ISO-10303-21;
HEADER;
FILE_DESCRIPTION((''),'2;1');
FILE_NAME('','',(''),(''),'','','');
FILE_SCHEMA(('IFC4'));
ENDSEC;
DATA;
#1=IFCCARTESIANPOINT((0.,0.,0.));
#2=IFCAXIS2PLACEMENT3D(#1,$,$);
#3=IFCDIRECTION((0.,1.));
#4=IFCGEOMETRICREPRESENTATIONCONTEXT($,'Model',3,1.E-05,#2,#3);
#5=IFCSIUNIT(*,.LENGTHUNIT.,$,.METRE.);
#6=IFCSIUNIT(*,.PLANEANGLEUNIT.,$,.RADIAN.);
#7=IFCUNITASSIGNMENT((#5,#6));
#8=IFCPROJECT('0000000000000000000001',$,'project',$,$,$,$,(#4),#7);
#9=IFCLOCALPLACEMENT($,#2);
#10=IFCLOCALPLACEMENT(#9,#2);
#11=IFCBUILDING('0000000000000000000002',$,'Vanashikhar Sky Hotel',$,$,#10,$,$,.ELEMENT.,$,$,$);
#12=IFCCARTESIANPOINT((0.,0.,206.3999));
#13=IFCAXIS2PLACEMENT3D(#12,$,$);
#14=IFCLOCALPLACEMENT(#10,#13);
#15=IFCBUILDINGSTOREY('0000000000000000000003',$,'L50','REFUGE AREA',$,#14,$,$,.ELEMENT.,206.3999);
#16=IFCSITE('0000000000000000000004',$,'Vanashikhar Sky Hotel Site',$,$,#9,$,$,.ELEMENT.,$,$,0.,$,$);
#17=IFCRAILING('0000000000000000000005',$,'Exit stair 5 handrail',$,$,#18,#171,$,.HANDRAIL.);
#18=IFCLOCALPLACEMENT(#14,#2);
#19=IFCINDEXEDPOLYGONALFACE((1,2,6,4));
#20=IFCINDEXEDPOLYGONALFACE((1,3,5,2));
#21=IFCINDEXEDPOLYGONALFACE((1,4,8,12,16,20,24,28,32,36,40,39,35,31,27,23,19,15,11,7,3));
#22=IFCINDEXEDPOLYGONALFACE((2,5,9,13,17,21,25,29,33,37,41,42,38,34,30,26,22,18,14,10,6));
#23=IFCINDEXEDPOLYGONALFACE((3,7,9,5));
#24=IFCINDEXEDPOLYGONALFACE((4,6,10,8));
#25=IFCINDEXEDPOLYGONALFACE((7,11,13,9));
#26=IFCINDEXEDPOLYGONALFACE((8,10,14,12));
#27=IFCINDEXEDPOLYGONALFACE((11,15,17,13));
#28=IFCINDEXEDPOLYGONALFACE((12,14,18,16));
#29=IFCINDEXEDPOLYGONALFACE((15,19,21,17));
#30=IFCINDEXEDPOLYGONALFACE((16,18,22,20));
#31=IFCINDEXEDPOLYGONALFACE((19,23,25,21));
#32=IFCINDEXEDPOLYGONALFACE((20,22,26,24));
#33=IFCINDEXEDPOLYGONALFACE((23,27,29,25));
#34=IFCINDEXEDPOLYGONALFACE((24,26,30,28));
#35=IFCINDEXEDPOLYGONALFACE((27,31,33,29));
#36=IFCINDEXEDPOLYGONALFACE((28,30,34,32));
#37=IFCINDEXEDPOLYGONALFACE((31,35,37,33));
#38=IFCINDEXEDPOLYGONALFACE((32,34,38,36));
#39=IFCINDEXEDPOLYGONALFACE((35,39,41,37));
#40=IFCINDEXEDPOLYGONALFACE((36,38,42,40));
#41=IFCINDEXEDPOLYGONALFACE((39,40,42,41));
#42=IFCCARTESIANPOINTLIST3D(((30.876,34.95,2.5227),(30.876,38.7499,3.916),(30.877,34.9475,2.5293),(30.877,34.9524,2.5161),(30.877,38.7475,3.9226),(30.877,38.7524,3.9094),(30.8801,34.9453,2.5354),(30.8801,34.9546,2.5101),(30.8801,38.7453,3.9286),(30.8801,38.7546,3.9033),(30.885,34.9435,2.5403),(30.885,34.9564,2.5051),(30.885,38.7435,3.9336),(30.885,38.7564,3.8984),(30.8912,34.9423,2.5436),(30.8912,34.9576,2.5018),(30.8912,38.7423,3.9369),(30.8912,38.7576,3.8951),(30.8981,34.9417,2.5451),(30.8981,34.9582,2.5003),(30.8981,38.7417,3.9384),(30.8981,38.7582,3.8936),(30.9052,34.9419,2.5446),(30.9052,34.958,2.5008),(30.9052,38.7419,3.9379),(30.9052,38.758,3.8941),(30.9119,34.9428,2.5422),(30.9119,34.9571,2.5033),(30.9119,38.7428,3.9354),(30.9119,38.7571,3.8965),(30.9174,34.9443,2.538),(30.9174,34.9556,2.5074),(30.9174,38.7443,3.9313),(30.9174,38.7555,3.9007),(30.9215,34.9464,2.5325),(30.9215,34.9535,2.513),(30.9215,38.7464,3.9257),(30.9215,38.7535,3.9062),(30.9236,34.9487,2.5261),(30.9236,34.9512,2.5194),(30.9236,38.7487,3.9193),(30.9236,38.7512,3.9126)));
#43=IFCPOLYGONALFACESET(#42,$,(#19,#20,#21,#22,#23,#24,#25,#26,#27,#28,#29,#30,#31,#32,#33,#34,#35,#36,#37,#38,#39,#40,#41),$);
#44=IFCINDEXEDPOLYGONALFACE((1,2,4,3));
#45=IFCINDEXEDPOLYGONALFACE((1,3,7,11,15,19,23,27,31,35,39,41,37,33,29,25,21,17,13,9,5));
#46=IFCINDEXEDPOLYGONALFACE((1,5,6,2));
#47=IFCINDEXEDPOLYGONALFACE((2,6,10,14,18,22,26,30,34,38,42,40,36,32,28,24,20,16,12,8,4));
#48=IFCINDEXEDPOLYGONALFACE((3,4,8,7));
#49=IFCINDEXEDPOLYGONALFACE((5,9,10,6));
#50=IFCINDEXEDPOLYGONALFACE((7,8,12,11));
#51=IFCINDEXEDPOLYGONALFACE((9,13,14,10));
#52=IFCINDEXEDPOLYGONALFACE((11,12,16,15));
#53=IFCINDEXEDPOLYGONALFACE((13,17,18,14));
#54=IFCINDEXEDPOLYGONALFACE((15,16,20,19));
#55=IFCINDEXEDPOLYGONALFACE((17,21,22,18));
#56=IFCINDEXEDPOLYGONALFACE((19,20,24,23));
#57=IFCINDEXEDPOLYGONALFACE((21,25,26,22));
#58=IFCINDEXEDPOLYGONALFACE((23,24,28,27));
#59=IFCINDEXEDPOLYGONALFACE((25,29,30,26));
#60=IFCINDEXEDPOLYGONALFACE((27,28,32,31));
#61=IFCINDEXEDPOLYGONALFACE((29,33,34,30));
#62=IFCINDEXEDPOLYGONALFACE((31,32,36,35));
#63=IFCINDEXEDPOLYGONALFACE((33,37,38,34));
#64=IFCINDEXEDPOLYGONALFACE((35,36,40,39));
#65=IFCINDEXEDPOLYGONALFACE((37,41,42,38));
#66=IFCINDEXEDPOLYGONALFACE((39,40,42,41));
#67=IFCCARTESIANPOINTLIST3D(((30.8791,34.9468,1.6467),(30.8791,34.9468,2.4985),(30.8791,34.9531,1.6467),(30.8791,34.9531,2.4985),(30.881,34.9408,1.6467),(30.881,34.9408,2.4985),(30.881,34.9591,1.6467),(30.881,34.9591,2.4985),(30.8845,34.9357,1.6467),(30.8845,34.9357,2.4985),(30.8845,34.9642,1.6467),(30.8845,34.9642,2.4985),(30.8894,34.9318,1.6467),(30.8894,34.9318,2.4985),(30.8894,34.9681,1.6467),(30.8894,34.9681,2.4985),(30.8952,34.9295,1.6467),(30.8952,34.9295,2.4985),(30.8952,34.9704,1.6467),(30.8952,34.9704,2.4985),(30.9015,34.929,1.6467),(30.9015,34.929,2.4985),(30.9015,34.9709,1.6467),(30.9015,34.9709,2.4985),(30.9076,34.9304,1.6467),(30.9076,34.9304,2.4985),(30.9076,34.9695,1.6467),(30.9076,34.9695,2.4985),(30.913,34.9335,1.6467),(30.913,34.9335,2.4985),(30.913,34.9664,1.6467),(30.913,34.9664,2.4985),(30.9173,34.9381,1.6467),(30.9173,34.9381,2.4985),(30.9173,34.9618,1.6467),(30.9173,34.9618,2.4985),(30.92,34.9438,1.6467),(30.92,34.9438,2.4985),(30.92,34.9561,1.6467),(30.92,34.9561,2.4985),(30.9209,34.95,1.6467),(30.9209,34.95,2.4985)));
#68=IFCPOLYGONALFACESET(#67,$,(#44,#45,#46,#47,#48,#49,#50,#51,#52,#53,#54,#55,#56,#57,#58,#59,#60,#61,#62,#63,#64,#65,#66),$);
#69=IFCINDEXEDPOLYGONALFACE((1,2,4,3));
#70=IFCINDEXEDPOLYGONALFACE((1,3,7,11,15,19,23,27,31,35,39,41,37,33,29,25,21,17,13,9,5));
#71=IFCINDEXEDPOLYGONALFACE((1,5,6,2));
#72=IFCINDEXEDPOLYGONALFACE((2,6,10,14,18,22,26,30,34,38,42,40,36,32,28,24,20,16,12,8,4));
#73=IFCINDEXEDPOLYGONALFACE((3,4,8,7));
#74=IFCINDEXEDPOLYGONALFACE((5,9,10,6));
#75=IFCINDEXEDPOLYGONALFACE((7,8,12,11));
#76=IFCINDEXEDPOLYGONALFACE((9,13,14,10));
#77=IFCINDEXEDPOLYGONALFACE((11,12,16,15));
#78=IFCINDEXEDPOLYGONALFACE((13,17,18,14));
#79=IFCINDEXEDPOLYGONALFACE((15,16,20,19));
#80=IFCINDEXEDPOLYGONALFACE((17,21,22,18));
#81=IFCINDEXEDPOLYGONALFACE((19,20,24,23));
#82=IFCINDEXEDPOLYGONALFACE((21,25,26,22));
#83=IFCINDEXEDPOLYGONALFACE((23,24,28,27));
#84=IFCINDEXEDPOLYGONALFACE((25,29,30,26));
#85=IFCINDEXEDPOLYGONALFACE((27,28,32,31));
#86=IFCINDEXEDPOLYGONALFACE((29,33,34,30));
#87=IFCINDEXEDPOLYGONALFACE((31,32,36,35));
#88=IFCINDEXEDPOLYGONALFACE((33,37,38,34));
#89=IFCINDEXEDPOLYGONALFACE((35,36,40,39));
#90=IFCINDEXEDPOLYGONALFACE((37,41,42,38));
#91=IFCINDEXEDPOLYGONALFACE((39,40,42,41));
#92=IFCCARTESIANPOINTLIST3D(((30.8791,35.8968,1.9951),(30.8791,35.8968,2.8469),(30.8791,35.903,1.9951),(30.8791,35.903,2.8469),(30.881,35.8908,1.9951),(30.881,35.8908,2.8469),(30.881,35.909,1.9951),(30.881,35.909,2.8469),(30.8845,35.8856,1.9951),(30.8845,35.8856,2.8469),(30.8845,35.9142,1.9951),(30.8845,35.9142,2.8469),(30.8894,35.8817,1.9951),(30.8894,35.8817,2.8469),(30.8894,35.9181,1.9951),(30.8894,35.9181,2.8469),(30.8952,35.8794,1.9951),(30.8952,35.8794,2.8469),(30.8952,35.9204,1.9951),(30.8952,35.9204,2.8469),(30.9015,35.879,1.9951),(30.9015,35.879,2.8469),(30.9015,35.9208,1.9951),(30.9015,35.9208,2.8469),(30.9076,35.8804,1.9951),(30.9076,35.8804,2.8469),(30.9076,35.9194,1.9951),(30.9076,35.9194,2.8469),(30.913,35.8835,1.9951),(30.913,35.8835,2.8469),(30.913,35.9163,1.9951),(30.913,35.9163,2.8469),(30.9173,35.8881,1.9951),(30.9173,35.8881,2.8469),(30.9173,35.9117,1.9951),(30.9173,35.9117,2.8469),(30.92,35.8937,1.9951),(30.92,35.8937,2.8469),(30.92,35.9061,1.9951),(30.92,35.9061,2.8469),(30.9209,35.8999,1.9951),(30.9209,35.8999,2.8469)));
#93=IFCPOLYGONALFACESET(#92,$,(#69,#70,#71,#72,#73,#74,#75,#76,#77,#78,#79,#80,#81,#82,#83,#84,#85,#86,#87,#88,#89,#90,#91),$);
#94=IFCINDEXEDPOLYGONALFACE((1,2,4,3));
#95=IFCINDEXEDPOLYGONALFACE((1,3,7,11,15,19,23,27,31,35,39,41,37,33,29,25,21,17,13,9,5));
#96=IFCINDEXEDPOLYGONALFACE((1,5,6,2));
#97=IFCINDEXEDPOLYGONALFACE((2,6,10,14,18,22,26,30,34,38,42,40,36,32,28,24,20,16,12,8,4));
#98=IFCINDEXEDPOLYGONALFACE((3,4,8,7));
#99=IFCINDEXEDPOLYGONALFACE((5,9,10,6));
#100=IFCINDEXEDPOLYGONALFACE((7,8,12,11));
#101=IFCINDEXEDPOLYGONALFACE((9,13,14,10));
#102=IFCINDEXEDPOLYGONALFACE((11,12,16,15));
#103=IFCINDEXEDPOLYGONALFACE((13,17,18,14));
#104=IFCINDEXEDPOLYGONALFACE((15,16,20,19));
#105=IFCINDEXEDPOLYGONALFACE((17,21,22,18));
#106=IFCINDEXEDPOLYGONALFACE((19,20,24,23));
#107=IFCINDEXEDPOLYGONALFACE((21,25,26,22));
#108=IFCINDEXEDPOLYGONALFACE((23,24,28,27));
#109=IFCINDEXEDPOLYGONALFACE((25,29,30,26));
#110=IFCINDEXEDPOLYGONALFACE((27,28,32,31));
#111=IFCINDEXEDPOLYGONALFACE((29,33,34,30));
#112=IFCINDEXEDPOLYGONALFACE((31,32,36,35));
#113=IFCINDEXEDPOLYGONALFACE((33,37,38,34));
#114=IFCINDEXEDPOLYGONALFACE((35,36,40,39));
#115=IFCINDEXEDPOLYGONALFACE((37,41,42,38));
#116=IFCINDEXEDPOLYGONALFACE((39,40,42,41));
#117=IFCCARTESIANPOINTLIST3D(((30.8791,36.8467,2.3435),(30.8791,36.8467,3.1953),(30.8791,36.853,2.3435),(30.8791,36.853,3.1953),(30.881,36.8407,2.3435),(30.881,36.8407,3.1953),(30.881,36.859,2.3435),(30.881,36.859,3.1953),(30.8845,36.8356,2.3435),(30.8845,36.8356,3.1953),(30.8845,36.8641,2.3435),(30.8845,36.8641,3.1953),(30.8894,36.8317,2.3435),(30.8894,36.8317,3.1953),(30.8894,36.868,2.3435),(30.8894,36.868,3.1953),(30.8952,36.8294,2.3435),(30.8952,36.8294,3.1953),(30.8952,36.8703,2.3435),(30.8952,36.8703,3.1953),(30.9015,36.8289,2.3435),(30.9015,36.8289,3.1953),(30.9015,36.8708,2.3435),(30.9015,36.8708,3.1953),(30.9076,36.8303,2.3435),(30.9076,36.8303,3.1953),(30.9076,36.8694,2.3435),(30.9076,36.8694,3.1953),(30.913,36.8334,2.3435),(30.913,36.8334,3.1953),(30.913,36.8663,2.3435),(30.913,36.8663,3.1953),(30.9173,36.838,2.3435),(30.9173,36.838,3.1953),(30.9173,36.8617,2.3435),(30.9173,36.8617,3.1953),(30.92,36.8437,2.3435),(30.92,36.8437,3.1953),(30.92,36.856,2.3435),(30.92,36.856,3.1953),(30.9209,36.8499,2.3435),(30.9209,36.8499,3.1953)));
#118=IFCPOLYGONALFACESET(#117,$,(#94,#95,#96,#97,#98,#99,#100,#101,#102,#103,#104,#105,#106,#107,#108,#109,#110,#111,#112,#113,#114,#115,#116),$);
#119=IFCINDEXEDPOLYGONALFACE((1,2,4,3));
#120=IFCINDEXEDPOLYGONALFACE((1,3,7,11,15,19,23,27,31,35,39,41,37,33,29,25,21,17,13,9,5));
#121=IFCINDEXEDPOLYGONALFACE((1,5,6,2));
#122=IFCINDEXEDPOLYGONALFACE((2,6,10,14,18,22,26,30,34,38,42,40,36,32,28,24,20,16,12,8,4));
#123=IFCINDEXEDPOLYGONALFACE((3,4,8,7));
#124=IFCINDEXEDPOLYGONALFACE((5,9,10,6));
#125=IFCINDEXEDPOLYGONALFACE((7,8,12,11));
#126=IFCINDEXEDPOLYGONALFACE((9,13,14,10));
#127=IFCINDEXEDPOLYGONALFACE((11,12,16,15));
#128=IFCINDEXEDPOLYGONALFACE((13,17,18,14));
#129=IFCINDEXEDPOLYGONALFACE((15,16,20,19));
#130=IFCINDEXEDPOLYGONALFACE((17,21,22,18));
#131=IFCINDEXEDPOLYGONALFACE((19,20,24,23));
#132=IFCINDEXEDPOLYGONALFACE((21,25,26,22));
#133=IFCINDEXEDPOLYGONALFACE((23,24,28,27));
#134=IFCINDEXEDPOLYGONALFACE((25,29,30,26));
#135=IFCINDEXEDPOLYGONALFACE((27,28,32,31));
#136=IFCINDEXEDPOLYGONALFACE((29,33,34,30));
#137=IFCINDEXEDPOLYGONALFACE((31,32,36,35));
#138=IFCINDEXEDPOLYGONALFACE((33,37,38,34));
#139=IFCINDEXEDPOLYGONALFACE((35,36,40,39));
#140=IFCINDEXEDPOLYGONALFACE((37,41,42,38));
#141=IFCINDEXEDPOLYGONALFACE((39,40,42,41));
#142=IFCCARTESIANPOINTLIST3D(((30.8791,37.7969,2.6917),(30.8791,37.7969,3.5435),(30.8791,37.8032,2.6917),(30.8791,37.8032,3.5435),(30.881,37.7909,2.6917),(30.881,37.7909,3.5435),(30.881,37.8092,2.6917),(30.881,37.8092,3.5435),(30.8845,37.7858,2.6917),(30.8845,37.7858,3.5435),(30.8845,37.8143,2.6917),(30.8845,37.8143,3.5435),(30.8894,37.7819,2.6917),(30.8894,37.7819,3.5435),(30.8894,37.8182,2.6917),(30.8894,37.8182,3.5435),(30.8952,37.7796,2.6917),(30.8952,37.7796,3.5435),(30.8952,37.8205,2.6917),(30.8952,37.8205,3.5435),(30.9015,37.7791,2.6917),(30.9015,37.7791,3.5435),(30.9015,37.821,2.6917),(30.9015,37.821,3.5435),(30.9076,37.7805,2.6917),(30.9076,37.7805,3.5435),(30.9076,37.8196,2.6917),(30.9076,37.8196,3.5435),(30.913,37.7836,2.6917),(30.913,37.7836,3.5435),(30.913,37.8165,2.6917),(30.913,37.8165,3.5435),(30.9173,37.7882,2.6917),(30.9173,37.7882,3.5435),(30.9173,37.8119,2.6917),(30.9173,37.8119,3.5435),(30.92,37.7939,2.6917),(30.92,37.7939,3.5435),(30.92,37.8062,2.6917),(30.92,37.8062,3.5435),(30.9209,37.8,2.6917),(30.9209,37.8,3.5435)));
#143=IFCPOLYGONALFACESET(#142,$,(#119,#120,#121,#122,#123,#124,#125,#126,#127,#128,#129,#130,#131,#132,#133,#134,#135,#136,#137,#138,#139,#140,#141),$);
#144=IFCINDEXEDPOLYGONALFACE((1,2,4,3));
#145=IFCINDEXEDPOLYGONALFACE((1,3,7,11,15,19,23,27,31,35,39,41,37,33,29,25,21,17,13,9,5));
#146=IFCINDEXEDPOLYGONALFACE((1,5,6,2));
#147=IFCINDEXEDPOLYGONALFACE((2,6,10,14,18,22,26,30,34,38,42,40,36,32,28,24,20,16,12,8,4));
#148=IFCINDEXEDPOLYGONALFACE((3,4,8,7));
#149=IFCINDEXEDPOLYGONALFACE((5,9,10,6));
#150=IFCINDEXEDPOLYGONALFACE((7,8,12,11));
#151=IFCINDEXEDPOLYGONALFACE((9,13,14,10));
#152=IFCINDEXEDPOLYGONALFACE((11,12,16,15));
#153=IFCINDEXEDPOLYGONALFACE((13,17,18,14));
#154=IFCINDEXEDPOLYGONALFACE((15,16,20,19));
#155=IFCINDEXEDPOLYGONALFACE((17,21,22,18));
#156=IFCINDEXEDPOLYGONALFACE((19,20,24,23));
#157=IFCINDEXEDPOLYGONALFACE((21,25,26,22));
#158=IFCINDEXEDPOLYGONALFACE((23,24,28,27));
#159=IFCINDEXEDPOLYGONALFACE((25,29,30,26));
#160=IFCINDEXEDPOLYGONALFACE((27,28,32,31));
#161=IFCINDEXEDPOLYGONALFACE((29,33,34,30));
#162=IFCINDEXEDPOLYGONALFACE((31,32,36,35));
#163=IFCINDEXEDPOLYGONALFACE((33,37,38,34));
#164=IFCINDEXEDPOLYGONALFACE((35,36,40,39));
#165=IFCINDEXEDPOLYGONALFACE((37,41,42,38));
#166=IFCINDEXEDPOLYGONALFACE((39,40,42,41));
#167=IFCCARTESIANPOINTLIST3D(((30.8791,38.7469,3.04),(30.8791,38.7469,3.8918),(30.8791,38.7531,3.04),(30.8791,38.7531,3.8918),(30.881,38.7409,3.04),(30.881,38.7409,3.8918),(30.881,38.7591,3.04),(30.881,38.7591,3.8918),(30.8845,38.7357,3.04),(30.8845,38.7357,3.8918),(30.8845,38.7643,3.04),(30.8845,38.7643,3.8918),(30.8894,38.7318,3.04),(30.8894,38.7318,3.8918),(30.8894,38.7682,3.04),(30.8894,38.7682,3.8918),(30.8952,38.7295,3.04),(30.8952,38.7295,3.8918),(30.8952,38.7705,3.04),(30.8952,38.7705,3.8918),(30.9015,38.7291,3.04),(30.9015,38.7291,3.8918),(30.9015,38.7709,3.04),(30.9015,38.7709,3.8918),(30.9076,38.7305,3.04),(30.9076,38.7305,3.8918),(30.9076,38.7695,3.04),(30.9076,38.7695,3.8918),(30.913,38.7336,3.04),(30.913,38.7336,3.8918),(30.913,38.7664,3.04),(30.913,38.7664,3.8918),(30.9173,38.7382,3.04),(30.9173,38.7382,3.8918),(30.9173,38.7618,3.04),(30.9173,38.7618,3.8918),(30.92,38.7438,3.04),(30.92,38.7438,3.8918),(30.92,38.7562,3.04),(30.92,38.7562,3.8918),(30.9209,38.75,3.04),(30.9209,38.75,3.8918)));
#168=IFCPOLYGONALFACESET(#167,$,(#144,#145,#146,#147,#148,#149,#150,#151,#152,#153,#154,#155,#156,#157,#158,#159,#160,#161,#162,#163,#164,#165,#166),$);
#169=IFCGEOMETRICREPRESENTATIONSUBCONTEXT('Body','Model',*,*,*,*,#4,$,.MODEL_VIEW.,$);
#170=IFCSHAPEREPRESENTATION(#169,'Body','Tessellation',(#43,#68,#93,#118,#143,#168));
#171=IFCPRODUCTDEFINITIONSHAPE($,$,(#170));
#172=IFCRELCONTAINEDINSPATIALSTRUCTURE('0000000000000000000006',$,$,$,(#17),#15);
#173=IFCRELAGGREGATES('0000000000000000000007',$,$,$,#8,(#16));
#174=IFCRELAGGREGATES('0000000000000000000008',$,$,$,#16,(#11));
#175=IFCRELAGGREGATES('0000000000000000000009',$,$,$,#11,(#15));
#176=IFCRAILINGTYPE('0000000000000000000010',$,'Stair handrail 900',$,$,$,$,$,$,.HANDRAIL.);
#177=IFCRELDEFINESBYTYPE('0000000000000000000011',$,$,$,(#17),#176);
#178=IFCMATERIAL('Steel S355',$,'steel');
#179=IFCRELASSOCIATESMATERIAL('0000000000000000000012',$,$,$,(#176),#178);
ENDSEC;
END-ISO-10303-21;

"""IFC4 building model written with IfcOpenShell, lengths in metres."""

from ifc_helpers import new_model, si_unit, direction, frame, origin, origin_2d, place, context, subcontext, project, spatial, circle, extrude, source, transform, mapped, material, type_object, element, save


model = new_model("IFC4")

# Units and contexts
model_context = context("Model", 3, precision=1e-05, world=origin(), true_north=direction((0.0, 1.0)))
body_context = subcontext(model_context, "Body", "Model", "MODEL_VIEW")
ifc_project = project(units=[si_unit("LENGTHUNIT", "METRE"), si_unit("PLANEANGLEUNIT", "RADIAN")], contexts=[model_context])

# Site, building, storey
site_placement = place(None, origin())
site = spatial("IfcSite", under=ifc_project, at=site_placement, Name="Vanashikhar Sky Hotel Site", CompositionType="ELEMENT", RefElevation=0.0)
building_placement = place(site_placement, origin())
building = spatial("IfcBuilding", under=site, at=building_placement, Name="Vanashikhar Sky Hotel", CompositionType="ELEMENT")
storey_placement = place(building_placement, frame((0.0, 0.0, 206.3999)))
storey = spatial("IfcBuildingStorey", under=building, at=storey_placement, Name="L50", Description="REFUGE AREA", CompositionType="ELEMENT", Elevation=206.3999)

# Railing
ifc_material_1 = material(Name="Steel S355", Category="steel")
railing_type_1 = type_object("IfcRailingType", Name="Stair handrail 900", PredefinedType="HANDRAIL", material=ifc_material_1)
shared_shape_1 = source(origin(), body_context, "Body", "SweptSolid", [
    extrude(circle(Radius=0.0239, at=origin_2d()), frame((0.0, 0.0, 0.876), z_axis=(0.0, 0.93888, 0.344246), x_axis=(-1.0, 0.0, 0.0)), (0.0, 0.0, 1.0), 4.0474),
    extrude(circle(Radius=0.021, at=origin_2d()), origin(), (0.0, 0.0, 1.0), 0.8518),
    extrude(circle(Radius=0.021, at=origin_2d()), frame((0.0, 0.95, 0.3484)), (0.0, 0.0, 1.0), 0.8518),
    extrude(circle(Radius=0.021, at=origin_2d()), frame((0.0, 1.8999, 0.6968)), (0.0, 0.0, 1.0), 0.8518),
    extrude(circle(Radius=0.021, at=origin_2d()), frame((0.0, 2.8501, 1.0449)), (0.0, 0.0, 1.0), 0.8518),
    extrude(circle(Radius=0.021, at=origin_2d()), frame((0.0, 3.8, 1.3933)), (0.0, 0.0, 1.0), 0.8518),
])
for number, where, name in (
    (1, (30.8999, 34.95, 1.6467), "Exit stair 5 handrail"),
):
    element("IfcRailing", number, at=place(storey_placement, frame(where)), inside=storey, type_object=railing_type_1, Name=name, PredefinedType="HANDRAIL", context=body_context, shape_type="MappedRepresentation", body=[
        mapped(shared_shape_1, transform((0.0, 0.0, 0.0), scale=1.0)),
    ])

save(model, "model.ifc")
